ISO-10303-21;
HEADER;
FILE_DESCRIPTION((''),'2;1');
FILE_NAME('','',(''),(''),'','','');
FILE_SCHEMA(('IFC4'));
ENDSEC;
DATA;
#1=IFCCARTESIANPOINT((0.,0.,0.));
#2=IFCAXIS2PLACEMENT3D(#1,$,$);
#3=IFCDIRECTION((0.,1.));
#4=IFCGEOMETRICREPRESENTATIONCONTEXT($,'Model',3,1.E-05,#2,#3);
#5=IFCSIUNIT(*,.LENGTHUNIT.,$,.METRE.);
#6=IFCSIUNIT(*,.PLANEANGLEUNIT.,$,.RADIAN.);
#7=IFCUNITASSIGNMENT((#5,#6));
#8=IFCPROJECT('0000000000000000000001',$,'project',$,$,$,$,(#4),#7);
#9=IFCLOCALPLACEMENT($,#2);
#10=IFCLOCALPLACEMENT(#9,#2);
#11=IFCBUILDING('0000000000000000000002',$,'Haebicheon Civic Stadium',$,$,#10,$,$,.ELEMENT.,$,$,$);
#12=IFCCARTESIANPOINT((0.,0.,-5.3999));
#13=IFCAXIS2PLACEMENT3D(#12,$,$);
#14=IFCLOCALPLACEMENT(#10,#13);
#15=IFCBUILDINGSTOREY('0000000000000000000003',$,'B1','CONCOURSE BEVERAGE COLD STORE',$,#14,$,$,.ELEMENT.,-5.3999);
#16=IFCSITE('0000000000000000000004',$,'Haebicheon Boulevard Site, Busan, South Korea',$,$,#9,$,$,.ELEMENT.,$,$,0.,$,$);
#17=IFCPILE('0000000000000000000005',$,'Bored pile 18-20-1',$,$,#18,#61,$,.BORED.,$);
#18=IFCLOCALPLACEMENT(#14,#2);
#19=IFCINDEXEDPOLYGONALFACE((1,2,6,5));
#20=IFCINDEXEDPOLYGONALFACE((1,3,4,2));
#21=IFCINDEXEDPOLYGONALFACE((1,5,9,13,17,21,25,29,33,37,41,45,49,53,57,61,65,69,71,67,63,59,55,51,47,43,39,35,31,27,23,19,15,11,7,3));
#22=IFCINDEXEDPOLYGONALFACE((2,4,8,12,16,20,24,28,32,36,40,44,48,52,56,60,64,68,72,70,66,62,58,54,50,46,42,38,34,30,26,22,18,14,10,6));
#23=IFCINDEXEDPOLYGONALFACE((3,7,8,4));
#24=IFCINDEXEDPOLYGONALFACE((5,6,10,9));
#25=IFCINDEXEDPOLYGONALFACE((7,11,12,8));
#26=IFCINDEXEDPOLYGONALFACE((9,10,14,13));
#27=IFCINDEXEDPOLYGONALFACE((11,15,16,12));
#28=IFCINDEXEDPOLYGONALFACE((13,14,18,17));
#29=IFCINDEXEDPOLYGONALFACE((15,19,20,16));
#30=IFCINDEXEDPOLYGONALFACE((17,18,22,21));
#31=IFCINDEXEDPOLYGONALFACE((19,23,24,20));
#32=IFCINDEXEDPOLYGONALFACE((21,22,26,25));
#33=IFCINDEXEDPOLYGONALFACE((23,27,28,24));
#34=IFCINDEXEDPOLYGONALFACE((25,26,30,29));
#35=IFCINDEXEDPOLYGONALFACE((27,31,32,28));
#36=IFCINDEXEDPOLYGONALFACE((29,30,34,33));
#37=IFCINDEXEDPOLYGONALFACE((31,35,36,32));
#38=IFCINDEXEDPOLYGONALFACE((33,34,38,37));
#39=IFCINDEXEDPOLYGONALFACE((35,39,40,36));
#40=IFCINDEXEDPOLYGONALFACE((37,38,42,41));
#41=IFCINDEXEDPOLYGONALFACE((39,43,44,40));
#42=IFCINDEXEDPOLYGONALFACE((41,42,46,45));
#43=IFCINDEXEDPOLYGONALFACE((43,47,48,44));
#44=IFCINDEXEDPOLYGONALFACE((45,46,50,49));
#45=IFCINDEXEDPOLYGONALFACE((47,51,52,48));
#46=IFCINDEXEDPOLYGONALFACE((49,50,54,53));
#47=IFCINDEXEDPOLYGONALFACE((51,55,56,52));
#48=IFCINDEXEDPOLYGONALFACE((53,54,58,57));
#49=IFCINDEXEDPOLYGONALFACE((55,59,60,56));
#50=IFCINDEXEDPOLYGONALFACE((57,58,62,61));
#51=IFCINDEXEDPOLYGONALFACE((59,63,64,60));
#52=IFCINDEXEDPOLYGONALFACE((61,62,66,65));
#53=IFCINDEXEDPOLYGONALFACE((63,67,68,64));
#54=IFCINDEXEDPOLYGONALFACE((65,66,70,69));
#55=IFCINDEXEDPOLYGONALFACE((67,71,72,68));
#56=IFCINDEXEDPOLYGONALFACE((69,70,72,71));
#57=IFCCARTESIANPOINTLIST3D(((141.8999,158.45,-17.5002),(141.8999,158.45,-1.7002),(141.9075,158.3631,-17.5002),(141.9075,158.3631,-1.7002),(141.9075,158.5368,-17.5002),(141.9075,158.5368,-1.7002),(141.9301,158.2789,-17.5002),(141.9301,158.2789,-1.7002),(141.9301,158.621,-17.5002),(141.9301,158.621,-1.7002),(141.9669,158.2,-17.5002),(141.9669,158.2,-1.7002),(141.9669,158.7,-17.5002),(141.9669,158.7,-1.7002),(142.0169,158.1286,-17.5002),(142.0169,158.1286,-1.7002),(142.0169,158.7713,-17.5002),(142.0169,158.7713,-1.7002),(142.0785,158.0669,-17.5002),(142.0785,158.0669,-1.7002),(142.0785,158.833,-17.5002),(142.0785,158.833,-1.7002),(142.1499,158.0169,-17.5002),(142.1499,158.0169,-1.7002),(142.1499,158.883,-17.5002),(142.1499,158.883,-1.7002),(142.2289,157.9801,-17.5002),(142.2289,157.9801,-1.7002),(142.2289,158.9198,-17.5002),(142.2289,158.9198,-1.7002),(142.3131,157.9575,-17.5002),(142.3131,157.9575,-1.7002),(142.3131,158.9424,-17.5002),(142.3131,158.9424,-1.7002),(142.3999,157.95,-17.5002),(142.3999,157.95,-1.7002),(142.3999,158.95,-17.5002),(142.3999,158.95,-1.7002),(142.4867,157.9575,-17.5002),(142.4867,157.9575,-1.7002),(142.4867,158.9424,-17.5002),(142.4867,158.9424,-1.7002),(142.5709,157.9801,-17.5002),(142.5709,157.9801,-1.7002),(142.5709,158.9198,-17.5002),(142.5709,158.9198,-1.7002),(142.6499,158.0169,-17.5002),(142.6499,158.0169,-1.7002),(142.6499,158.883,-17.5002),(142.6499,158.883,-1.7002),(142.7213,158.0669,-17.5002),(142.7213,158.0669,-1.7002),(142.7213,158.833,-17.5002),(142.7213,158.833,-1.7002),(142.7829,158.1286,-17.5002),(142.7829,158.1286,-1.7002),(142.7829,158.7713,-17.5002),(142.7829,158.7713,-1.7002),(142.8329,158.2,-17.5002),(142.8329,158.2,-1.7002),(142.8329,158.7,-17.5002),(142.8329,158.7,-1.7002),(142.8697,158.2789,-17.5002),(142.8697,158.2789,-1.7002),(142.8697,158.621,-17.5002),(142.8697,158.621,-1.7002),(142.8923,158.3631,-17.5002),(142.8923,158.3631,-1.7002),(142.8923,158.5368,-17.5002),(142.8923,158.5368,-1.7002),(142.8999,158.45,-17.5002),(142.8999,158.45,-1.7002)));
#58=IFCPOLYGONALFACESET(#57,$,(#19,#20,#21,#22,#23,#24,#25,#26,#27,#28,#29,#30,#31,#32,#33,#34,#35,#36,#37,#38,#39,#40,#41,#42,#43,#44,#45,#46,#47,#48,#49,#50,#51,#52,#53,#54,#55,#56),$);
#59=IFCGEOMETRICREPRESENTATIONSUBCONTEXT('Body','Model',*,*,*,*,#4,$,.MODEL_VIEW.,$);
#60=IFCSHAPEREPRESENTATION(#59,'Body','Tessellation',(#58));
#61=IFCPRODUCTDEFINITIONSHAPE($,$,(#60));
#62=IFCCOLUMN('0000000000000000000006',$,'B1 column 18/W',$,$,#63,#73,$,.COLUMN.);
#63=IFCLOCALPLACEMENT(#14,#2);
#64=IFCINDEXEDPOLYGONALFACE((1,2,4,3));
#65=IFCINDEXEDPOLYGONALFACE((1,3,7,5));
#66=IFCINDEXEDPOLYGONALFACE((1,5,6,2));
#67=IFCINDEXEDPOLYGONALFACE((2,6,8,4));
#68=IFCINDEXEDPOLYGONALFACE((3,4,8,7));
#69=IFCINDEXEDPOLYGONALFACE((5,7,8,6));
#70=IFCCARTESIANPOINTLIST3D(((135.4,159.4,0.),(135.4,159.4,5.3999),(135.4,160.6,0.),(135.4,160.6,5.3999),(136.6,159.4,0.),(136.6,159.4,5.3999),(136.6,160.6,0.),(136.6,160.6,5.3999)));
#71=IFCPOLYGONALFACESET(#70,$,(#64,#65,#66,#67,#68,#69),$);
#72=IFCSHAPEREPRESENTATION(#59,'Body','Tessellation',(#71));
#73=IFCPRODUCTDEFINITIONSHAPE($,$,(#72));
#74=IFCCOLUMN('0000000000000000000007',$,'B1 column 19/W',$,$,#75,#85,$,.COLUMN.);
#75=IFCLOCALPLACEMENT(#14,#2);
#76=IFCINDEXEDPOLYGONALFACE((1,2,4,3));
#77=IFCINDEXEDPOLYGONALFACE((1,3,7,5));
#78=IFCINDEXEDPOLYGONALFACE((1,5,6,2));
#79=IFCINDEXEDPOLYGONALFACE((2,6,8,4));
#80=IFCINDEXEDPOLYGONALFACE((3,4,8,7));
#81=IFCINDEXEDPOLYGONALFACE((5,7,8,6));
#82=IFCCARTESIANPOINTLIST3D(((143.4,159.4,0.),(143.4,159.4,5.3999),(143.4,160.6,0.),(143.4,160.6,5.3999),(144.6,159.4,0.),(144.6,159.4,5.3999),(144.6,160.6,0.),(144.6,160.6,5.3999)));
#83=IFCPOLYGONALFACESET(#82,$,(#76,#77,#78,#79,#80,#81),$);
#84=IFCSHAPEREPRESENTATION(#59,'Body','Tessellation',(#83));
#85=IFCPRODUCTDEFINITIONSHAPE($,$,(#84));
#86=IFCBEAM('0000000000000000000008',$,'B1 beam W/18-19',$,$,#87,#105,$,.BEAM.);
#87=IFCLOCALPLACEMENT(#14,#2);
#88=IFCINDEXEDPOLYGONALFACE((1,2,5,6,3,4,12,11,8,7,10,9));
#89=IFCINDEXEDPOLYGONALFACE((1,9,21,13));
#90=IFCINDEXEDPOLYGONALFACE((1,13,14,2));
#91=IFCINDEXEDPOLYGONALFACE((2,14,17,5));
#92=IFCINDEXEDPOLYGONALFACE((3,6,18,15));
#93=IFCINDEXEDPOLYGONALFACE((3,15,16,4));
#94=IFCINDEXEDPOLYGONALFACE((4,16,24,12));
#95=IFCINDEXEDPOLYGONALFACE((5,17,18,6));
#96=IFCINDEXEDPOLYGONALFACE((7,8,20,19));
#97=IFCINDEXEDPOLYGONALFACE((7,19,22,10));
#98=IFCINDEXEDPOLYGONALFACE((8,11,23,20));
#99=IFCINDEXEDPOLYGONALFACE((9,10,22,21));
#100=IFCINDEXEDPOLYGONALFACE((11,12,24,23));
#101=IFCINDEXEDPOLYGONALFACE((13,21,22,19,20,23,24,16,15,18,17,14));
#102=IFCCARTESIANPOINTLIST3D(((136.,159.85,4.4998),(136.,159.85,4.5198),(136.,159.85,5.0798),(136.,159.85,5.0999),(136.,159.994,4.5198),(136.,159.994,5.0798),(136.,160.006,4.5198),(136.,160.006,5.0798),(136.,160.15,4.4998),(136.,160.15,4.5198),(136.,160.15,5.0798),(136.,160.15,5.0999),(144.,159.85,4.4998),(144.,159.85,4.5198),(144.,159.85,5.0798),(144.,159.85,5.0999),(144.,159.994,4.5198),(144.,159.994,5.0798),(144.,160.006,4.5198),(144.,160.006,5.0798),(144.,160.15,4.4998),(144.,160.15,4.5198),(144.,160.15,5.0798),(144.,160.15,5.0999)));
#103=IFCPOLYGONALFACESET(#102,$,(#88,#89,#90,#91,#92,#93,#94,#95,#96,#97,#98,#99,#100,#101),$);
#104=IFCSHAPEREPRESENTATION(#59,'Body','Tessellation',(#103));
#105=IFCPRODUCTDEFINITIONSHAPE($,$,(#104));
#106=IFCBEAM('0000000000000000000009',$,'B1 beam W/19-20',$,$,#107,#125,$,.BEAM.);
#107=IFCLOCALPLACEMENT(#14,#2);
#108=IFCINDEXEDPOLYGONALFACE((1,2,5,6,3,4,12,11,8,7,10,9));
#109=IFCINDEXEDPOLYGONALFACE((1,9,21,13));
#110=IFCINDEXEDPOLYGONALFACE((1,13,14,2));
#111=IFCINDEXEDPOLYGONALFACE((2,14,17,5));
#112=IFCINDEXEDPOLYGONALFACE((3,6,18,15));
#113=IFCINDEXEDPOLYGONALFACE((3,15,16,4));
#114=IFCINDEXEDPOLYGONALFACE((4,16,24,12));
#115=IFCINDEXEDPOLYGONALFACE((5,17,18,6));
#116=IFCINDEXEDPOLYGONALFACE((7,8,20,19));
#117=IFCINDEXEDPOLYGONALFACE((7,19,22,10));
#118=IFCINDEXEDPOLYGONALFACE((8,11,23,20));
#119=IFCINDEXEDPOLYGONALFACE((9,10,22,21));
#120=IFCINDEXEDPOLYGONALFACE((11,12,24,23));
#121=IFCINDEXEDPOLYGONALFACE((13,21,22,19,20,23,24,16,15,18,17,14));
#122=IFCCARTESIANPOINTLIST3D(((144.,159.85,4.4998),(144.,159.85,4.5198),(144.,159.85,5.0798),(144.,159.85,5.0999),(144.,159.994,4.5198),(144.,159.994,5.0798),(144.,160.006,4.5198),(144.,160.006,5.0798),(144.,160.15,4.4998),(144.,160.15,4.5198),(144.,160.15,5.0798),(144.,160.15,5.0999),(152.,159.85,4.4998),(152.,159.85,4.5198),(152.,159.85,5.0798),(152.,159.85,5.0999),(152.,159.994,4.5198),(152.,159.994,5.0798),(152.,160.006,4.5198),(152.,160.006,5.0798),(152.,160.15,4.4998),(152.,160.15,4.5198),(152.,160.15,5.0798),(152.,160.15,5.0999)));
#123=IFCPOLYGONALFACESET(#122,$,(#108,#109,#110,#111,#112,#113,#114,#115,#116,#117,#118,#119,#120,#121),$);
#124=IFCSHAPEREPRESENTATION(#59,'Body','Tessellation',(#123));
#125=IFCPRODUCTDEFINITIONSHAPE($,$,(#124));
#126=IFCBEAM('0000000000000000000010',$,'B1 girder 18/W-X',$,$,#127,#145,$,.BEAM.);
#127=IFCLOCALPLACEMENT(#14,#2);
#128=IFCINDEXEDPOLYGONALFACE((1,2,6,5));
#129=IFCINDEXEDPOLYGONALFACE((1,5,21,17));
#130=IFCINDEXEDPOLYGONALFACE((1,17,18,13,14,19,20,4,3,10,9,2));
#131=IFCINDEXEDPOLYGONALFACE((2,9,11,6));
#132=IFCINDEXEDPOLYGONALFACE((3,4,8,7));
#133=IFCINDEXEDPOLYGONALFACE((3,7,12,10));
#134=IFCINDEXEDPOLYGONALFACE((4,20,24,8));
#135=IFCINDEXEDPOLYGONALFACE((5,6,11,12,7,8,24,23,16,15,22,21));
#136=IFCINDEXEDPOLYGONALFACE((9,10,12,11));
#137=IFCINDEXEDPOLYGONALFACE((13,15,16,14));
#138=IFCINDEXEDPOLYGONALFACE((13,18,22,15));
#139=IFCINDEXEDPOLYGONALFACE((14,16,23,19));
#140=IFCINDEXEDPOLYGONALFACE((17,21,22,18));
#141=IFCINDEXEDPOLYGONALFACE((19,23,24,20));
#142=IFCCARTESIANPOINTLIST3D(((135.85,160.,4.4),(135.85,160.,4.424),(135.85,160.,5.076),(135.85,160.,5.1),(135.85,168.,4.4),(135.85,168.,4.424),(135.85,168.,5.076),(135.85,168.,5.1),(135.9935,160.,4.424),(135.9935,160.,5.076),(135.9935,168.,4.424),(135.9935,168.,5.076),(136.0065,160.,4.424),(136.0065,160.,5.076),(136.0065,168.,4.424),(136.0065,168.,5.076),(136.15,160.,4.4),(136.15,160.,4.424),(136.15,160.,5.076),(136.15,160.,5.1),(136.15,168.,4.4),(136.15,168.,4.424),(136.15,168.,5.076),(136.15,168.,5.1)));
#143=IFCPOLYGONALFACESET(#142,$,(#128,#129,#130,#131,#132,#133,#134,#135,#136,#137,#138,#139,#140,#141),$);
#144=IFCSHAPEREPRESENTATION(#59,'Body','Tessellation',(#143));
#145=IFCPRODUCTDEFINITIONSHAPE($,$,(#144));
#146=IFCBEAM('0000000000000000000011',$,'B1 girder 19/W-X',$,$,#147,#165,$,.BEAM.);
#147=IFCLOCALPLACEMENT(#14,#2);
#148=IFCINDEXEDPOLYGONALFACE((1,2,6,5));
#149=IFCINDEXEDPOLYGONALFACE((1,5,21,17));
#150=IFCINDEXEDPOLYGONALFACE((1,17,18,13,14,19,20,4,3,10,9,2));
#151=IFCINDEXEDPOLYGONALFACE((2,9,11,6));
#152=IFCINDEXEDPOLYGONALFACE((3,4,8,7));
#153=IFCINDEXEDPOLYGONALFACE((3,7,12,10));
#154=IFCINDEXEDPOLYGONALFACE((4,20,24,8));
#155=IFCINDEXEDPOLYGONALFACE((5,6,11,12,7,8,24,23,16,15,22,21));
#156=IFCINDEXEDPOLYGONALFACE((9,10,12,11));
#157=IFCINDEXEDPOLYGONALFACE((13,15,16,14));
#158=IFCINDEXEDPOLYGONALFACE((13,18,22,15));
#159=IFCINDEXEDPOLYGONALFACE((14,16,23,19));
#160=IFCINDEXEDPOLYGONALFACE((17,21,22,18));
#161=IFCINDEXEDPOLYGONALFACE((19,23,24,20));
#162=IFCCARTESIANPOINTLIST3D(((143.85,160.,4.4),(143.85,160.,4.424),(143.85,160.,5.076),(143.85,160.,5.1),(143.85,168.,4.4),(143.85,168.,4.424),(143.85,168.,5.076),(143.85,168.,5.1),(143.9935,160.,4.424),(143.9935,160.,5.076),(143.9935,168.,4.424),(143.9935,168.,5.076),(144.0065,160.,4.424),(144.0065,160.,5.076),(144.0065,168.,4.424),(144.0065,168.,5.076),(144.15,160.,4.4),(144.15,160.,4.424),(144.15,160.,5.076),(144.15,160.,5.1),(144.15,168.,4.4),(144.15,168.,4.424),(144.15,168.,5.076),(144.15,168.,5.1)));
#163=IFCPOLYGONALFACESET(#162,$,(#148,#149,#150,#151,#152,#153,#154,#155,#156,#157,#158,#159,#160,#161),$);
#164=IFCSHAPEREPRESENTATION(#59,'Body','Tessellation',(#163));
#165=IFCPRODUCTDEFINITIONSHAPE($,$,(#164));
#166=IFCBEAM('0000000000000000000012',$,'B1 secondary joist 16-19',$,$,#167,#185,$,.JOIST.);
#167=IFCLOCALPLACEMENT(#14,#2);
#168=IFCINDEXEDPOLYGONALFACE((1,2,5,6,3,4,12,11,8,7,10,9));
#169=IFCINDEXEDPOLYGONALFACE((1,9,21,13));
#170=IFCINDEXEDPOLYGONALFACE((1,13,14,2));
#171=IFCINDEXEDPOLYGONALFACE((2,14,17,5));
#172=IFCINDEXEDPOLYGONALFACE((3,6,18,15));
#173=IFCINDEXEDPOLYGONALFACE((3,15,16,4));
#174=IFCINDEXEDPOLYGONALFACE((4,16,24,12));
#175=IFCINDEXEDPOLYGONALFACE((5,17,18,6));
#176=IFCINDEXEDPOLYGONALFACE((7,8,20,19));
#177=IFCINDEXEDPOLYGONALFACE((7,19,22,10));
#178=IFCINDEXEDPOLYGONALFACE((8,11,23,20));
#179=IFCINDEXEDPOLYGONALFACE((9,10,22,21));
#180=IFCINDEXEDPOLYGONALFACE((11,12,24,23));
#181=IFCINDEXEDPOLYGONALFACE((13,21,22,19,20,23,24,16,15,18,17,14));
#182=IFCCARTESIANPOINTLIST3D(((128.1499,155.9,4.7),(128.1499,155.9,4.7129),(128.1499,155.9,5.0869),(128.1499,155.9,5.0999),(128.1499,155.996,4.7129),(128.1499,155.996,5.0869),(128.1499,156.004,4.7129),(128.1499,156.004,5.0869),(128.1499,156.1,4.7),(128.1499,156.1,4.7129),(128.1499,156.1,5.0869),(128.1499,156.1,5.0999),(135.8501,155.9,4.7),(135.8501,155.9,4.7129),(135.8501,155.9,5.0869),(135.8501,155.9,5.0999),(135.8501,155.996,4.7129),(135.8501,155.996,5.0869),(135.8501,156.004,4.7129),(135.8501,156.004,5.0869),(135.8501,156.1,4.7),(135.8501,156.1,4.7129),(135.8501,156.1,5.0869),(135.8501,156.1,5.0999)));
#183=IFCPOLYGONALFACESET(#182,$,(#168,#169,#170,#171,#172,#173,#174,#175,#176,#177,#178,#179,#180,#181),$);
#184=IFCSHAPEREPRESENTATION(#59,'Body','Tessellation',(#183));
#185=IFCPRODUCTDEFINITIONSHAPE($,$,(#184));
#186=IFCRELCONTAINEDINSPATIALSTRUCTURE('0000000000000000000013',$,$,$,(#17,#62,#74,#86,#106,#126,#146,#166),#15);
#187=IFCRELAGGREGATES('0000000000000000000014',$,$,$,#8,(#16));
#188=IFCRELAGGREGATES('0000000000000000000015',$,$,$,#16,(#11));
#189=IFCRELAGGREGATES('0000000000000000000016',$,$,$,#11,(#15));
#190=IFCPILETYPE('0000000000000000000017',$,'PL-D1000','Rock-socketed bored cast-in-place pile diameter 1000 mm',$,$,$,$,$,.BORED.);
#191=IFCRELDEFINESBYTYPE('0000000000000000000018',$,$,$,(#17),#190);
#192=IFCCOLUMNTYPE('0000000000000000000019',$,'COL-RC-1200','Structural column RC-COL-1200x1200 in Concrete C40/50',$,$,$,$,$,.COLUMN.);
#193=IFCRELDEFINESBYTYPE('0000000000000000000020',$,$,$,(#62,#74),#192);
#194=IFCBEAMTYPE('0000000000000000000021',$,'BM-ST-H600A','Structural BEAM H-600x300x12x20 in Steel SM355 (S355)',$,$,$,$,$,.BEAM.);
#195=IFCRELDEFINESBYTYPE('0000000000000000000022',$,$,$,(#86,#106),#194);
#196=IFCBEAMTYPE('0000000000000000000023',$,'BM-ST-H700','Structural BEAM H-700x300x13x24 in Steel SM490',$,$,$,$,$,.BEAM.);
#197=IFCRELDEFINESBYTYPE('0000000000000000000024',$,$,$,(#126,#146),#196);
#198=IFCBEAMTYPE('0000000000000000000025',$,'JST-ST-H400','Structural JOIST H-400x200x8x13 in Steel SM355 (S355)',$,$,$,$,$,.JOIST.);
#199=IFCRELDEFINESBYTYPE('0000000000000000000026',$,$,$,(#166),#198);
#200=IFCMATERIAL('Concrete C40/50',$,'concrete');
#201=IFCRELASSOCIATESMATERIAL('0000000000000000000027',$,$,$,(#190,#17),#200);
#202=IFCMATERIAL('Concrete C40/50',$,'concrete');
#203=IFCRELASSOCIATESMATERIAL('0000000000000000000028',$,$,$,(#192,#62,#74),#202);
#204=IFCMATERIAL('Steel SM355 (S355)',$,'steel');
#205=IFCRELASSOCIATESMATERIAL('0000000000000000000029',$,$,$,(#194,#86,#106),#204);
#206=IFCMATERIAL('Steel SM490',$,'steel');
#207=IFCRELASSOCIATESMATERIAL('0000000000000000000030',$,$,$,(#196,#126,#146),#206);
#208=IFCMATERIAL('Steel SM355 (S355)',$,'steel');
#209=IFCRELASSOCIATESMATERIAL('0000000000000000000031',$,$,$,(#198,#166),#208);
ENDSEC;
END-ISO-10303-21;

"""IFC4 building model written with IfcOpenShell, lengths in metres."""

from ifc_helpers import new_model, si_unit, direction, frame, origin, origin_2d, place, context, subcontext, project, spatial, rectangle, circle, i_section, extrude, material, material_profile, profile_set, type_object, element, save


model = new_model("IFC4")

# Units and contexts
model_context = context("Model", 3, precision=1e-05, world=origin(), true_north=direction((0.0, 1.0)))
body_context = subcontext(model_context, "Body", "Model", "MODEL_VIEW")
ifc_project = project(units=[si_unit("LENGTHUNIT", "METRE"), si_unit("PLANEANGLEUNIT", "RADIAN")], contexts=[model_context])

# Site, building, storey
site_placement = place(None, origin())
site = spatial("IfcSite", under=ifc_project, at=site_placement, Name="Haebicheon Boulevard Site, Busan, South Korea", CompositionType="ELEMENT", RefElevation=0.0)
building_placement = place(site_placement, origin())
building = spatial("IfcBuilding", under=site, at=building_placement, Name="Haebicheon Civic Stadium", CompositionType="ELEMENT")
storey_placement = place(building_placement, frame((0.0, 0.0, -5.3999)))
storey = spatial("IfcBuildingStorey", under=building, at=storey_placement, Name="B1", Description="CONCOURSE BEVERAGE COLD STORE", CompositionType="ELEMENT", Elevation=-5.3999)

# Pile
ifc_material_1 = material(Name="Concrete C40/50", Category="concrete")
ifc_material_profile_1 = material_profile(ifc_material_1, circle(Radius=0.5, at=origin_2d()), Name="PILE-D1000")
ifc_profile_set_1 = profile_set([ifc_material_profile_1], Name="Concrete C40/50")
pile_type = type_object("IfcPileType", Name="PL-D1000", Description="Rock-socketed bored cast-in-place pile diameter 1000 mm", PredefinedType="BORED", material=ifc_profile_set_1)
for number, where, z_axis, x_axis, name in (
    (1, (142.3999, 158.45, -1.7002), (0.0, 0.0, -1.0), (1.0, 0.0, 0.0), "Bored pile 18-20-1"),
):
    element("IfcPile", number, at=place(storey_placement, frame(where, z_axis=z_axis, x_axis=x_axis)), inside=storey, type_object=pile_type, material=ifc_profile_set_1, Name=name, PredefinedType="BORED", context=body_context, shape_type="SweptSolid", body=[
        extrude(circle(Radius=0.5, at=origin_2d()), origin(), (0.0, 0.0, 1.0), 15.8),
    ])

# Columns
ifc_material_2 = material(Name="Concrete C40/50", Category="concrete")
ifc_material_profile_2 = material_profile(ifc_material_2, rectangle(XDim=1.2, YDim=1.2, at=origin_2d()), Name="RC-COL-1200x1200")
ifc_profile_set_2 = profile_set([ifc_material_profile_2], Name="Concrete C40/50")
column_type = type_object("IfcColumnType", Name="COL-RC-1200", Description="Structural column RC-COL-1200x1200 in Concrete C40/50", PredefinedType="COLUMN", material=ifc_profile_set_2)
for number, where, z_axis, x_axis, name in (
    (2, (136.0, 160.0, 0.0), (0.0, 0.0, 1.0), (1.0, 0.0, 0.0), "B1 column 18/W"),
    (3, (144.0, 160.0, 0.0), (0.0, 0.0, 1.0), (1.0, 0.0, 0.0), "B1 column 19/W"),
):
    element("IfcColumn", number, at=place(storey_placement, frame(where, z_axis=z_axis, x_axis=x_axis)), inside=storey, type_object=column_type, material=ifc_profile_set_2, Name=name, PredefinedType="COLUMN", context=body_context, shape_type="SweptSolid", body=[
        extrude(rectangle(XDim=1.2, YDim=1.2, at=origin_2d()), origin(), (0.0, 0.0, 1.0), 5.3999),
    ])

# Beams
ifc_material_3 = material(Name="Steel SM355 (S355)", Category="steel")
ifc_material_profile_3 = material_profile(ifc_material_3, i_section(OverallWidth=0.3, OverallDepth=0.6001, WebThickness=0.012, FlangeThickness=0.02, at=origin_2d()), Name="H-600x300x12x20")
ifc_profile_set_3 = profile_set([ifc_material_profile_3], Name="Steel SM355 (S355)")
beam_type_1 = type_object("IfcBeamType", Name="BM-ST-H600A", Description="Structural BEAM H-600x300x12x20 in Steel SM355 (S355)", PredefinedType="BEAM", material=ifc_profile_set_3)
for number, where, z_axis, x_axis, name in (
    (4, (136.0, 160.0, 4.7998), (1.0, 0.0, 0.0), (0.0, 1.0, 0.0), "B1 beam W/18-19"),
    (5, (144.0, 160.0, 4.7998), (1.0, 0.0, 0.0), (0.0, 1.0, 0.0), "B1 beam W/19-20"),
):
    element("IfcBeam", number, at=place(storey_placement, frame(where, z_axis=z_axis, x_axis=x_axis)), inside=storey, type_object=beam_type_1, material=ifc_profile_set_3, Name=name, PredefinedType="BEAM", context=body_context, shape_type="SweptSolid", body=[
        extrude(i_section(OverallWidth=0.3, OverallDepth=0.6001, WebThickness=0.012, FlangeThickness=0.02, at=origin_2d()), origin(), (0.0, 0.0, 1.0), 8.0),
    ])
ifc_material_4 = material(Name="Steel SM490", Category="steel")
ifc_material_profile_4 = material_profile(ifc_material_4, i_section(OverallWidth=0.3, OverallDepth=0.7, WebThickness=0.0129, FlangeThickness=0.0239, at=origin_2d()), Name="H-700x300x13x24")
ifc_profile_set_4 = profile_set([ifc_material_profile_4], Name="Steel SM490")
beam_type_2 = type_object("IfcBeamType", Name="BM-ST-H700", Description="Structural BEAM H-700x300x13x24 in Steel SM490", PredefinedType="BEAM", material=ifc_profile_set_4)
for number, where, z_axis, x_axis, name in (
    (6, (136.0, 160.0, 4.75), (0.0, 1.0, 0.0), (-1.0, 0.0, 0.0), "B1 girder 18/W-X"),
    (7, (144.0, 160.0, 4.75), (0.0, 1.0, 0.0), (-1.0, 0.0, 0.0), "B1 girder 19/W-X"),
):
    element("IfcBeam", number, at=place(storey_placement, frame(where, z_axis=z_axis, x_axis=x_axis)), inside=storey, type_object=beam_type_2, material=ifc_profile_set_4, Name=name, PredefinedType="BEAM", context=body_context, shape_type="SweptSolid", body=[
        extrude(i_section(OverallWidth=0.3, OverallDepth=0.7, WebThickness=0.0129, FlangeThickness=0.0239, at=origin_2d()), origin(), (0.0, 0.0, 1.0), 8.0),
    ])
ifc_material_5 = material(Name="Steel SM355 (S355)", Category="steel")
ifc_material_profile_5 = material_profile(ifc_material_5, i_section(OverallWidth=0.2, OverallDepth=0.3999, WebThickness=0.0081, FlangeThickness=0.0129, at=origin_2d()), Name="H-400x200x8x13")
ifc_profile_set_5 = profile_set([ifc_material_profile_5], Name="Steel SM355 (S355)")
beam_type_3 = type_object("IfcBeamType", Name="JST-ST-H400", Description="Structural JOIST H-400x200x8x13 in Steel SM355 (S355)", PredefinedType="JOIST", material=ifc_profile_set_5)
for number, where, z_axis, x_axis, name in (
    (8, (128.1499, 156.0, 4.8999), (1.0, 0.0, 0.0), (0.0, 1.0, 0.0), "B1 secondary joist 16-19"),
):
    element("IfcBeam", number, at=place(storey_placement, frame(where, z_axis=z_axis, x_axis=x_axis)), inside=storey, type_object=beam_type_3, material=ifc_profile_set_5, Name=name, PredefinedType="JOIST", context=body_context, shape_type="SweptSolid", body=[
        extrude(i_section(OverallWidth=0.2, OverallDepth=0.3999, WebThickness=0.0081, FlangeThickness=0.0129, at=origin_2d()), origin(), (0.0, 0.0, 1.0), 7.7002),
    ])

save(model, "model.ifc")
